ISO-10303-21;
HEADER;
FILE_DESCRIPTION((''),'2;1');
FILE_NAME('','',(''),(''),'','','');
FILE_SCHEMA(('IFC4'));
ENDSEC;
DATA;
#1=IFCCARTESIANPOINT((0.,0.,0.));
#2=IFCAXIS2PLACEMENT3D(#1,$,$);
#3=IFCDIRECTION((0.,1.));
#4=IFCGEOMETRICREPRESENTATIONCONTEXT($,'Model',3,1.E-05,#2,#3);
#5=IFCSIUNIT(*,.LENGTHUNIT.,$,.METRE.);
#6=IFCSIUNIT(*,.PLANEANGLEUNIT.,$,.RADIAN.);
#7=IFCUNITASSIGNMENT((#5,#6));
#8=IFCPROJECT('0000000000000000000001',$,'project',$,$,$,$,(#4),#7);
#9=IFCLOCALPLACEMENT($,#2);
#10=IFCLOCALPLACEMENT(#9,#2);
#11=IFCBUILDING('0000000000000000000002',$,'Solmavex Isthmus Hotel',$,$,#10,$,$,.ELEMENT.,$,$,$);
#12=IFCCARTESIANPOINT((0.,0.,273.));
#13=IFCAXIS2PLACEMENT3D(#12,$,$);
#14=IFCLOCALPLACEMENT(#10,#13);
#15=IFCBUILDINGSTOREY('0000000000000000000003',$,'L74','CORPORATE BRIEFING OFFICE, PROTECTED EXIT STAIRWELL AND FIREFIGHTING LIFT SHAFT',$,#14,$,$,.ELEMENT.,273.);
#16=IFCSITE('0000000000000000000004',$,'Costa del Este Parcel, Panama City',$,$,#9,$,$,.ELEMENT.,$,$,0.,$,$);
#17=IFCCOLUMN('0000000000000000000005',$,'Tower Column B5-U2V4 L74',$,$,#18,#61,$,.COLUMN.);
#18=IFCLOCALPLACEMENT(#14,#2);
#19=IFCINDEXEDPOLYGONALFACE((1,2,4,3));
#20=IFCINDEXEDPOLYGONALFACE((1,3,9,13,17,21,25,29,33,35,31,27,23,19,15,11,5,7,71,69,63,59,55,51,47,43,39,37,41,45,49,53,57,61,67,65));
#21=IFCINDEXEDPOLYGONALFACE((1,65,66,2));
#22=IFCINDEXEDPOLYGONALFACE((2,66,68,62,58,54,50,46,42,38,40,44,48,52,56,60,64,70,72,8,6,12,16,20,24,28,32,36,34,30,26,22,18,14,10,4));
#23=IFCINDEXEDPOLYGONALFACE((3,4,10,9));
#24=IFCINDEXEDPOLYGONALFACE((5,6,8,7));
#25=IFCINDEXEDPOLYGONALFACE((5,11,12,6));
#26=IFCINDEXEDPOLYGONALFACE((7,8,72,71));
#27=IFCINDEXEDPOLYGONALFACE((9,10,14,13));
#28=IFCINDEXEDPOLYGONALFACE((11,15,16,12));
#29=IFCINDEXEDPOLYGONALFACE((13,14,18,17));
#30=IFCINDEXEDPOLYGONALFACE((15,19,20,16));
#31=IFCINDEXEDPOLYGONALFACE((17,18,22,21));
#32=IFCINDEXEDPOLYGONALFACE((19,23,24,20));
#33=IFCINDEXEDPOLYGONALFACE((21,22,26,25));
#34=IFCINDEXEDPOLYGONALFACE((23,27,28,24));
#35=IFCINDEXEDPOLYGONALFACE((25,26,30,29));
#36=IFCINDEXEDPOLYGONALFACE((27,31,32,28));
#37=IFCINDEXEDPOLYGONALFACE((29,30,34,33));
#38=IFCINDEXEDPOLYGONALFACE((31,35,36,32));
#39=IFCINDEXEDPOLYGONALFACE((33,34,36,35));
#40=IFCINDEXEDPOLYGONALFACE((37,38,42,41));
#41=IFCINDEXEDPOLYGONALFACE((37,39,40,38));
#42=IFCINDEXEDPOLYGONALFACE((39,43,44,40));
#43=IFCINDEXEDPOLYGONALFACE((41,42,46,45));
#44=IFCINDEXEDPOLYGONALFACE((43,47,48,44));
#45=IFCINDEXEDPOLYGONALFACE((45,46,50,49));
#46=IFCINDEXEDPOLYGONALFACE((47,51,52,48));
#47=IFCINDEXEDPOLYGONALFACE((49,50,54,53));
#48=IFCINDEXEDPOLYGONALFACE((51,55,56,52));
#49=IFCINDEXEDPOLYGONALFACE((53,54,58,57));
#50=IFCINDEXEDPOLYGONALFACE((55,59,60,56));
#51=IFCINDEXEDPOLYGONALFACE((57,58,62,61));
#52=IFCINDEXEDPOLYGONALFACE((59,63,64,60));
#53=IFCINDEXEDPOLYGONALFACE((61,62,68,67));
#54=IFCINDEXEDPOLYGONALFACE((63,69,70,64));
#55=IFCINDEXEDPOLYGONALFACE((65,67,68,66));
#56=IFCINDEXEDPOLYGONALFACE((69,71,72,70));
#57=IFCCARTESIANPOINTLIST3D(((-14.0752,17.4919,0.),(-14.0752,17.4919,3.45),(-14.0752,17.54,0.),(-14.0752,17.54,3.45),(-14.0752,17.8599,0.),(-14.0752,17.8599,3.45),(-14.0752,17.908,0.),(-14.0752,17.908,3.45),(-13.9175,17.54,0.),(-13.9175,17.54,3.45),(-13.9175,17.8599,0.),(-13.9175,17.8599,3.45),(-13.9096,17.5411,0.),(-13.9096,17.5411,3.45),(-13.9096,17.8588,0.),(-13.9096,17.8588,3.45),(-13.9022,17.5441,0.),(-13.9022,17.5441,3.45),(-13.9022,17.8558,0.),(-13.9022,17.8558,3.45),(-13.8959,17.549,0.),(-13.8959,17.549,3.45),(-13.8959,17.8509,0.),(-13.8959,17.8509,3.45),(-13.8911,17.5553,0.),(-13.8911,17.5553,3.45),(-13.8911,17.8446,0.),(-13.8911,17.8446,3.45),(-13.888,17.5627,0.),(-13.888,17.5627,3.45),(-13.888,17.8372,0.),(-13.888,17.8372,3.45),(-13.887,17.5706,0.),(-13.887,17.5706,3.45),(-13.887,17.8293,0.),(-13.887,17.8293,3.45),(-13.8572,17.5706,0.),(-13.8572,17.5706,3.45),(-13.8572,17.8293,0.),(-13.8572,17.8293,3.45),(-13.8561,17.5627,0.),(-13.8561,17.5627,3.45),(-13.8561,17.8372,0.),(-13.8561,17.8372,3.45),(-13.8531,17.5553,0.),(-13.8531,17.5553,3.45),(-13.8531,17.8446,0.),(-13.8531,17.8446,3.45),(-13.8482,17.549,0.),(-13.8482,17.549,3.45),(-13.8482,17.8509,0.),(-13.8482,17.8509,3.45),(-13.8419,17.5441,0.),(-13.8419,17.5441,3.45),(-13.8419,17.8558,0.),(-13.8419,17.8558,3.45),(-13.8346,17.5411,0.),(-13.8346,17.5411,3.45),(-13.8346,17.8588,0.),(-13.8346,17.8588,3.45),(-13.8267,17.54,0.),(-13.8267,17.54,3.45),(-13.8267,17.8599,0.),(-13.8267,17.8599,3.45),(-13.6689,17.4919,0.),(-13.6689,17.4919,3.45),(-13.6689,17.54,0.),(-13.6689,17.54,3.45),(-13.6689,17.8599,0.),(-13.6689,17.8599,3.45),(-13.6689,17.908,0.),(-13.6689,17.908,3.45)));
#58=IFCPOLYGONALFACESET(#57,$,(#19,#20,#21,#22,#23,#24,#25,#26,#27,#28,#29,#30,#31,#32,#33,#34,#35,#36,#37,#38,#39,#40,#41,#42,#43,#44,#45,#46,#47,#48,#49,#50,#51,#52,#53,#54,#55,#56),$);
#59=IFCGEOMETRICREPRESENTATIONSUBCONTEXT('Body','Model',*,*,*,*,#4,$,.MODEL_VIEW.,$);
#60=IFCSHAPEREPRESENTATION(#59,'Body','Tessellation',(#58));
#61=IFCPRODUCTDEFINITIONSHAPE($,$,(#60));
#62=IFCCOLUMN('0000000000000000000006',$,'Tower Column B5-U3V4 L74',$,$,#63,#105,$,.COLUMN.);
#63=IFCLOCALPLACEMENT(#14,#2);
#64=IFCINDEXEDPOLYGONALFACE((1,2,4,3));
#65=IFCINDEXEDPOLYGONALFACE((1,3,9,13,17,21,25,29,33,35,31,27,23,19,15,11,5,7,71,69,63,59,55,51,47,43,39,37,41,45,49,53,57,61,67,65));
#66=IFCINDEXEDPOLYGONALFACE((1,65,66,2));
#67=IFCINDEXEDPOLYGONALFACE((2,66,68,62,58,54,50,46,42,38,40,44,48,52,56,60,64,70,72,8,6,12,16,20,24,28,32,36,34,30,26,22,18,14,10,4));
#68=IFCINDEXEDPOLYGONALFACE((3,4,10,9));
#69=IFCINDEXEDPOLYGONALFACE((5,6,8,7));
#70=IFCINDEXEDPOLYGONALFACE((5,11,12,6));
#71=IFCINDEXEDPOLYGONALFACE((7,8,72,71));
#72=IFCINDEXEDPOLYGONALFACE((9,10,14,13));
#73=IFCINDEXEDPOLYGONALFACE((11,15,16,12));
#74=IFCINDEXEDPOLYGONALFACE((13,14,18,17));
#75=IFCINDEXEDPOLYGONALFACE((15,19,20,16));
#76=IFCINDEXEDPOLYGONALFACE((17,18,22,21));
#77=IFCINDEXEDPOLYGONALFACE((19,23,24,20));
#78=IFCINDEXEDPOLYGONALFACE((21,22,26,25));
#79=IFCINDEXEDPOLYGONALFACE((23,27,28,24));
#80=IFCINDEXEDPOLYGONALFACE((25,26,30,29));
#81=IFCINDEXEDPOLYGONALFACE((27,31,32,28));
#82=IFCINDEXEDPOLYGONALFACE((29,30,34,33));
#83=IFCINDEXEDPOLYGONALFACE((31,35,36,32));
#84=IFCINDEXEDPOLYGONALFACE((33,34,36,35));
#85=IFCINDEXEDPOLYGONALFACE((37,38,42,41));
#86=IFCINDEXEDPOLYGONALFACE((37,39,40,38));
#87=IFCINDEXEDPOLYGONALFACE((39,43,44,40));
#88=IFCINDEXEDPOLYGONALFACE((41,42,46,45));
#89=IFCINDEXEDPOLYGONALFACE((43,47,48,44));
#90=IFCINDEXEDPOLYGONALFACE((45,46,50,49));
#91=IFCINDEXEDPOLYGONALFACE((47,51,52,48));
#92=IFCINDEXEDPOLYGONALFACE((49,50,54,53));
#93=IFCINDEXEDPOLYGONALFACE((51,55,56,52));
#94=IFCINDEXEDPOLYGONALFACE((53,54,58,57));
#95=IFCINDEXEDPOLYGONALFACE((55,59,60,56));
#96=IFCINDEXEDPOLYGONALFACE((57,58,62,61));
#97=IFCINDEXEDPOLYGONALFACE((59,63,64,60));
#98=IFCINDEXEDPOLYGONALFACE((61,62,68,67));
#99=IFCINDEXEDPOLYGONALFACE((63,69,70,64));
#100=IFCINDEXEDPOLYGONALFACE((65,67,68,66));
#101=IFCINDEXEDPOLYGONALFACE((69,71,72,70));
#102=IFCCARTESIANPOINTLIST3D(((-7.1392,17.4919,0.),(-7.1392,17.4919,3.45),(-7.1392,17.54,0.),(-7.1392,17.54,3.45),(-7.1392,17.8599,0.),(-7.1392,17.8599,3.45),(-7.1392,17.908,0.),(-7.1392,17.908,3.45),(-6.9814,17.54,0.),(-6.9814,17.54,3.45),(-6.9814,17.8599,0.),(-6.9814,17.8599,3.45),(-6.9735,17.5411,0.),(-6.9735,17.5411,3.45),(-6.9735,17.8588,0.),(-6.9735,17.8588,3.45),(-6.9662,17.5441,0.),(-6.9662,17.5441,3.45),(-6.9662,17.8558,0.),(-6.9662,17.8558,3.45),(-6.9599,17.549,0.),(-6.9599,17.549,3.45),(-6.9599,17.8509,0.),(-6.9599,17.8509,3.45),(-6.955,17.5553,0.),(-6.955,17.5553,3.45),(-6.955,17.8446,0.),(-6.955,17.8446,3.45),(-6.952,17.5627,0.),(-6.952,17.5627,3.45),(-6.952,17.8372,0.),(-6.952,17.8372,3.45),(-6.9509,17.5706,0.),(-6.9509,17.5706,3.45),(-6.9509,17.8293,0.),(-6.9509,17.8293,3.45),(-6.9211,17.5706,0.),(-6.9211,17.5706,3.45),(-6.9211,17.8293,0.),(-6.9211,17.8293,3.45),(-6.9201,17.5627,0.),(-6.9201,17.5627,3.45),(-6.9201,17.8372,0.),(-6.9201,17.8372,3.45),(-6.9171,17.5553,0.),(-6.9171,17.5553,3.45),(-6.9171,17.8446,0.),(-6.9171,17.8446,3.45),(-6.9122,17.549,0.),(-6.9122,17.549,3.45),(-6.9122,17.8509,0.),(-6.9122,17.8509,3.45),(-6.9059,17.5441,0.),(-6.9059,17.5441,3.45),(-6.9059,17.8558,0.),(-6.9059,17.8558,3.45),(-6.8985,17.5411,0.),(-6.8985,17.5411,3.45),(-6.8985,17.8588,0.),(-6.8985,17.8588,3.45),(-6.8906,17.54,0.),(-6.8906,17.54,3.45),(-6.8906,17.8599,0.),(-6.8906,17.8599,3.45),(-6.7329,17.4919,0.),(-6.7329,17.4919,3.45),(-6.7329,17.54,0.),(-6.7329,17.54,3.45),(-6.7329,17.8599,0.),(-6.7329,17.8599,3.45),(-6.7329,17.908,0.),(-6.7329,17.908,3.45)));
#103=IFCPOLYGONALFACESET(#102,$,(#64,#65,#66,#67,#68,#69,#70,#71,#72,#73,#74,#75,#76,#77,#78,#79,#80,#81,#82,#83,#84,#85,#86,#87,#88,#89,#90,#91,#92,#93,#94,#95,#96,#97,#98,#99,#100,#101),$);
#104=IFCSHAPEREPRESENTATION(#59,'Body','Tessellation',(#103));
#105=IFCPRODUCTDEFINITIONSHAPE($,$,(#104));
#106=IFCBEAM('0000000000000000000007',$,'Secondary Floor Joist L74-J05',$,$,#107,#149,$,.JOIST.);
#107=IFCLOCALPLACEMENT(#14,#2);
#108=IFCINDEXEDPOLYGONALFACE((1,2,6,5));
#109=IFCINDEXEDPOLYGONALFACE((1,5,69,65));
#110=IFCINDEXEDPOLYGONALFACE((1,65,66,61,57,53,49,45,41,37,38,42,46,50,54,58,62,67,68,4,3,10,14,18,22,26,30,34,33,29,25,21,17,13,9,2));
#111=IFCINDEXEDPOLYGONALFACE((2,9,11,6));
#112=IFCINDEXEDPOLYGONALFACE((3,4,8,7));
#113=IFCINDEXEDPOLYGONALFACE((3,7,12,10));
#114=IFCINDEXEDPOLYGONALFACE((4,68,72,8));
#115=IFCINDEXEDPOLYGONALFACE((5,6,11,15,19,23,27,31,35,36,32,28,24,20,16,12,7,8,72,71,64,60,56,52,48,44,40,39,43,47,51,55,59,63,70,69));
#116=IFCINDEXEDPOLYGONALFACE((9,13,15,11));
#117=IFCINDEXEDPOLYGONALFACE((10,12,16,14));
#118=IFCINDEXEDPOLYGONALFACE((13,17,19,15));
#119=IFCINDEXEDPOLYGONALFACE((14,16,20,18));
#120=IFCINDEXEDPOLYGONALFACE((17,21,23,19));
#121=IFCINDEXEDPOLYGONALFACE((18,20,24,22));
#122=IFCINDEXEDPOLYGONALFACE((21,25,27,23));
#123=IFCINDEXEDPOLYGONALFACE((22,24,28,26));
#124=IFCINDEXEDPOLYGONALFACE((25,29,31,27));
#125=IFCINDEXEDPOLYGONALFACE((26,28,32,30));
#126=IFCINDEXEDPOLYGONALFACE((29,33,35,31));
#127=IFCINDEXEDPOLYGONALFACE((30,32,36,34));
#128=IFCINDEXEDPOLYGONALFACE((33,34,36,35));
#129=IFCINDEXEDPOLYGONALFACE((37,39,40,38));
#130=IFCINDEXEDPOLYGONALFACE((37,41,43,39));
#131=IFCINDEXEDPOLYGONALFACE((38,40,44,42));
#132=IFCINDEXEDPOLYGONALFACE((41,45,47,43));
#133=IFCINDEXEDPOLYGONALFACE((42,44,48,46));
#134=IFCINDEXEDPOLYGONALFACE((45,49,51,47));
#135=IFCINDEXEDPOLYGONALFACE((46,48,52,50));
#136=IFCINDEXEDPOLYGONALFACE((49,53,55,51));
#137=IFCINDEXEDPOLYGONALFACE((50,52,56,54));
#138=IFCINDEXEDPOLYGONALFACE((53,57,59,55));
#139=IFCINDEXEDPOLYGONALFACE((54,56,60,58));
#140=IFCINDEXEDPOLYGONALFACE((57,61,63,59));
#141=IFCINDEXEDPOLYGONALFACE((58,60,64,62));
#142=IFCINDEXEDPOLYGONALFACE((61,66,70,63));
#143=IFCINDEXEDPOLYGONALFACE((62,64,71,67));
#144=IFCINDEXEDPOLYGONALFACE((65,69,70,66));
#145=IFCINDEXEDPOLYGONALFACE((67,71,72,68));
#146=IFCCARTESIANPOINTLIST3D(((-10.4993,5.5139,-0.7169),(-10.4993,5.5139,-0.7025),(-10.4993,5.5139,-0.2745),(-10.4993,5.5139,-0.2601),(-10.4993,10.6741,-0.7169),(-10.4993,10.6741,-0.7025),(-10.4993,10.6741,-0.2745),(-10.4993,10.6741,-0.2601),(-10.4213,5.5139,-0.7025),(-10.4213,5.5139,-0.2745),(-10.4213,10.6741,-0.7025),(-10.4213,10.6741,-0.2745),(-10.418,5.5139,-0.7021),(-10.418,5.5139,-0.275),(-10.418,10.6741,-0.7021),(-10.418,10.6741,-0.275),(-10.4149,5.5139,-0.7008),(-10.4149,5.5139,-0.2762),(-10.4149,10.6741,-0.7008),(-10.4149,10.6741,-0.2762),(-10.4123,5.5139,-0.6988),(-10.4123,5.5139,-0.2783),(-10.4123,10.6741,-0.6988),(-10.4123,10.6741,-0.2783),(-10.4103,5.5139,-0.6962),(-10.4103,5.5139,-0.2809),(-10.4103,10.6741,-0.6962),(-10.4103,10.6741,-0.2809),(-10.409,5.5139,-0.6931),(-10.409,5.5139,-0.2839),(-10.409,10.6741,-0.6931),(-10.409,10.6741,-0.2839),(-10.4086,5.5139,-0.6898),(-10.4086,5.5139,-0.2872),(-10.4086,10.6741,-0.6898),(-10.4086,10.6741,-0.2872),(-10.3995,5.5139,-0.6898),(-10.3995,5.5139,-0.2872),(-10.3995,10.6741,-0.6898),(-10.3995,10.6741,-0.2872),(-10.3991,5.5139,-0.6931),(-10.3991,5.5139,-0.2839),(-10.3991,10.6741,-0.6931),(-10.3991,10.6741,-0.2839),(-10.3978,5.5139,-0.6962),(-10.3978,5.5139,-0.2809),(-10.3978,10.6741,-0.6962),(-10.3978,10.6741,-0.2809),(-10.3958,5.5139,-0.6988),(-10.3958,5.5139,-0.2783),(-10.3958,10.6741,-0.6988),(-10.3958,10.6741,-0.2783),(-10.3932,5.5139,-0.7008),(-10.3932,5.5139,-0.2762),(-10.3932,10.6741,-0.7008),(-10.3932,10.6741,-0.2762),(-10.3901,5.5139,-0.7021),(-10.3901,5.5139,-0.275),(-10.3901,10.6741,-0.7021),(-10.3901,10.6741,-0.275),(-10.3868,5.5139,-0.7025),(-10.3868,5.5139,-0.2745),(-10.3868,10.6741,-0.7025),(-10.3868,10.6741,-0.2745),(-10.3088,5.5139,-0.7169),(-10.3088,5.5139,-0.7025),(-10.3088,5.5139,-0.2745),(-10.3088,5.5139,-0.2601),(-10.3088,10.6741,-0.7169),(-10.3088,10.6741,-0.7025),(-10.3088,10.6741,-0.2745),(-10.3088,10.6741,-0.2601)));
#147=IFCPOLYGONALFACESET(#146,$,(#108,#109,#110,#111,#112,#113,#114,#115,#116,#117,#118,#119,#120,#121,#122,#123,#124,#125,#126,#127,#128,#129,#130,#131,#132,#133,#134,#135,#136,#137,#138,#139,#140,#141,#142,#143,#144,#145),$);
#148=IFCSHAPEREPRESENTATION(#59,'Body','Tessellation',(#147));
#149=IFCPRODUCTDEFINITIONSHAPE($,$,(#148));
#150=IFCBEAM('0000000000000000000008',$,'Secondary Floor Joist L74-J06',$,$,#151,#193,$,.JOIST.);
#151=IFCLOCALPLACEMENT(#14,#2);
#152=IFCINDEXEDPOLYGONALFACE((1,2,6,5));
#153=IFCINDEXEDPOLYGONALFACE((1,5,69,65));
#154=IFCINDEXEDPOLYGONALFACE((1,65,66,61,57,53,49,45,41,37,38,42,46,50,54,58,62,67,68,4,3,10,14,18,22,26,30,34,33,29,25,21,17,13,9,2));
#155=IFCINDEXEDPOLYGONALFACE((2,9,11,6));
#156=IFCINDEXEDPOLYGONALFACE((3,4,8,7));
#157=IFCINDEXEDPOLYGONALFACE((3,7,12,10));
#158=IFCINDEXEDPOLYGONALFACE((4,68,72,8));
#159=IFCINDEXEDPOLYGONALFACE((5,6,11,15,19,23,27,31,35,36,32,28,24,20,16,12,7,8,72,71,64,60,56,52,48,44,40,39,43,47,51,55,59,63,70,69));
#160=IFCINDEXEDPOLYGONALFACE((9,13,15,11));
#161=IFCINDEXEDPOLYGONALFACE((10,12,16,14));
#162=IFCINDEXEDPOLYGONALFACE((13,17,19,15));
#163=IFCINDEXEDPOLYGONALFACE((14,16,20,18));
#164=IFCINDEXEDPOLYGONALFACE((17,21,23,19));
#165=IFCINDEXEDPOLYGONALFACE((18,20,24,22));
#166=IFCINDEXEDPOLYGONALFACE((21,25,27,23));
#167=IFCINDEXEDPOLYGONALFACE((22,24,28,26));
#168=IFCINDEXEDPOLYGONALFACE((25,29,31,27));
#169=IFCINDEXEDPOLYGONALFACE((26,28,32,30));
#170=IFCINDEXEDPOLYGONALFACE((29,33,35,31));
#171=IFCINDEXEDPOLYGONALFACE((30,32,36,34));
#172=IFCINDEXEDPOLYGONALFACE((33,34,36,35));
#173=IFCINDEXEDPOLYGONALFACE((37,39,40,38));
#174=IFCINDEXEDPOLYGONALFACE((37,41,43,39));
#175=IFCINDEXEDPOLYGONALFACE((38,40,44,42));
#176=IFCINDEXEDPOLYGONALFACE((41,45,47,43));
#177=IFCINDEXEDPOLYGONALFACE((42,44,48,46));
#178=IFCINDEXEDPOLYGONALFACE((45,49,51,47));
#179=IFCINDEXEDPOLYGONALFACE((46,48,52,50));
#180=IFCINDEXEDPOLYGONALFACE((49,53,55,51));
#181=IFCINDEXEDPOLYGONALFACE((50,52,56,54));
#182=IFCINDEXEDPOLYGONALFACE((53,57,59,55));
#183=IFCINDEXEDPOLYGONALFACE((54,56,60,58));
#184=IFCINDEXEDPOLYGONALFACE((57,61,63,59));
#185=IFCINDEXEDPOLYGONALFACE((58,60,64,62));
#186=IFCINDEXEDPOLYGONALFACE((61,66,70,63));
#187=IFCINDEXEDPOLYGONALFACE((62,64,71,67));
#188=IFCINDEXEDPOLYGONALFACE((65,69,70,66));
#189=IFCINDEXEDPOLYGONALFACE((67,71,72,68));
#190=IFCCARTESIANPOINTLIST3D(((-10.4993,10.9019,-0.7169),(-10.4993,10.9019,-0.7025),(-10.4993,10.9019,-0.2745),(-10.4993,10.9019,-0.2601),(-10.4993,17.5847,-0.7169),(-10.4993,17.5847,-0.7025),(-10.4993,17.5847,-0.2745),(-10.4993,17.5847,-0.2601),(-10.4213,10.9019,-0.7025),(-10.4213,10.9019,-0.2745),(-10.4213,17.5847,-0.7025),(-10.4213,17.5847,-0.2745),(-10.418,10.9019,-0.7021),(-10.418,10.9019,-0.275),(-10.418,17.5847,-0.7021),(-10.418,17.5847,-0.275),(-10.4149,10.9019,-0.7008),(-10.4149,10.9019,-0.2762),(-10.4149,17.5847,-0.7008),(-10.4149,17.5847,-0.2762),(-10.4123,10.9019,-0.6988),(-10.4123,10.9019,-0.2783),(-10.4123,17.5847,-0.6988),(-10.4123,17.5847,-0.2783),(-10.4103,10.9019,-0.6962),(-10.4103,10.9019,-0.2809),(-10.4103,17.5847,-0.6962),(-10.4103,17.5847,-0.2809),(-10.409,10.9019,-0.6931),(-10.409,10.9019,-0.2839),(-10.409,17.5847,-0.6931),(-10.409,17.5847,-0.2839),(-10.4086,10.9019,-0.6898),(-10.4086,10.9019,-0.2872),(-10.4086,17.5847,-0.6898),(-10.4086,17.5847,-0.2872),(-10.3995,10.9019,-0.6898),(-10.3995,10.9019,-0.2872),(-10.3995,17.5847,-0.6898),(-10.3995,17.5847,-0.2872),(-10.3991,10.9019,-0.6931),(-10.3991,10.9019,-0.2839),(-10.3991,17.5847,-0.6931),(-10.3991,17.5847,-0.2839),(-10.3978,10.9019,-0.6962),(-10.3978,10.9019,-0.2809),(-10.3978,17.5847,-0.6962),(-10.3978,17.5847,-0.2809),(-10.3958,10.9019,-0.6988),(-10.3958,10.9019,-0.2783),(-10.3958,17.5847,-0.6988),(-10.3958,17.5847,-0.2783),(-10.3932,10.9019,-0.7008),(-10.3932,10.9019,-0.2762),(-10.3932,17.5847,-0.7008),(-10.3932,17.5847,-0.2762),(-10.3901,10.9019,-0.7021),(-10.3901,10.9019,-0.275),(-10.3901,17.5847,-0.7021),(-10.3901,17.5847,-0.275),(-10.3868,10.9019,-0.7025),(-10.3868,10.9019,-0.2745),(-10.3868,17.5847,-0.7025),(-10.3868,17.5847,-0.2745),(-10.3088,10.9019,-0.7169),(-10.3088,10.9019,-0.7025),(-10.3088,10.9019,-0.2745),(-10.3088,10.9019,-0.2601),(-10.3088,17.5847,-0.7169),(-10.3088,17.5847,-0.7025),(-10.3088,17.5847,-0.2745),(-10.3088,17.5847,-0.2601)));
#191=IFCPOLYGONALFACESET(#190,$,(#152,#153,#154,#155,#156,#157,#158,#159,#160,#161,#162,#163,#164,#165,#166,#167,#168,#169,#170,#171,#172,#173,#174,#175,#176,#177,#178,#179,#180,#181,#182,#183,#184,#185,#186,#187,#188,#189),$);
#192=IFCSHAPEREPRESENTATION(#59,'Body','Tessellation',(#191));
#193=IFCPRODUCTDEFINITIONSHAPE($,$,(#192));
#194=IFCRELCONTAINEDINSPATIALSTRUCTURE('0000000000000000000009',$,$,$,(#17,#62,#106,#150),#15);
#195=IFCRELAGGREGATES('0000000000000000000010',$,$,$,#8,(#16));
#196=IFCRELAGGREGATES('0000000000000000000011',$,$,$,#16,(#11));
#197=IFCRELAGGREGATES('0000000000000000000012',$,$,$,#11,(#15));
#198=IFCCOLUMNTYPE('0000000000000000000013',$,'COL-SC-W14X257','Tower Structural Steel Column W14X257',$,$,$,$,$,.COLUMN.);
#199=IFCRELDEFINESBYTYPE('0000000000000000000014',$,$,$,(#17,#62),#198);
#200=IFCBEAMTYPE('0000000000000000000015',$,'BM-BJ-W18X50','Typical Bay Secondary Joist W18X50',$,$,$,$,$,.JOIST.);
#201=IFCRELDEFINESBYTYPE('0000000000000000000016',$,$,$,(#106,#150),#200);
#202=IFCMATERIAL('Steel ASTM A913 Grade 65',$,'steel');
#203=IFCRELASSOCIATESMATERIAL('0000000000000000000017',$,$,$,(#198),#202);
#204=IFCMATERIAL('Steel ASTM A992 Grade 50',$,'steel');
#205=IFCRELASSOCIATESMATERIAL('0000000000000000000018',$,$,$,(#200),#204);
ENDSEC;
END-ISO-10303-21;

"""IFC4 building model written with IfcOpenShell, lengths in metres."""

from ifc_helpers import new_model, si_unit, direction, frame, origin, origin_2d, place, context, subcontext, project, spatial, i_section, extrude, material, material_profile, profile_set, type_object, element, save


model = new_model("IFC4")

# Units and contexts
model_context = context("Model", 3, precision=1e-05, world=origin(), true_north=direction((0.0, 1.0)))
body_context = subcontext(model_context, "Body", "Model", "MODEL_VIEW")
ifc_project = project(units=[si_unit("LENGTHUNIT", "METRE"), si_unit("PLANEANGLEUNIT", "RADIAN")], contexts=[model_context])

# Site, building, storey
site_placement = place(None, origin())
site = spatial("IfcSite", under=ifc_project, at=site_placement, Name="Costa del Este Parcel, Panama City", CompositionType="ELEMENT", RefElevation=0.0)
building_placement = place(site_placement, origin())
building = spatial("IfcBuilding", under=site, at=building_placement, Name="Solmavex Isthmus Hotel", CompositionType="ELEMENT")
storey_placement = place(building_placement, frame((0.0, 0.0, 273.0)))
storey = spatial("IfcBuildingStorey", under=building, at=storey_placement, Name="L74", Description="CORPORATE BRIEFING OFFICE, PROTECTED EXIT STAIRWELL AND FIREFIGHTING LIFT SHAFT", CompositionType="ELEMENT", Elevation=273.0)

# Columns
ifc_material_1 = material(Name="Steel ASTM A913 Grade 65", Category="steel")
ifc_material_profile_1 = material_profile(ifc_material_1, i_section(OverallWidth=0.4062, OverallDepth=0.416, WebThickness=0.0298, FlangeThickness=0.0481, FilletRadius=0.0305, at=origin_2d()), Name="W14X257")
ifc_profile_set_1 = profile_set([ifc_material_profile_1], Name="Steel ASTM A913 Grade 65")
column_type_1 = type_object("IfcColumnType", Name="COL-SC-W14X257", Description="Tower Structural Steel Column W14X257", PredefinedType="COLUMN", material=ifc_profile_set_1)
for number, where, z_axis, x_axis, name in (
    (1, (-13.8721, 17.7, 0.0), (0.0, 0.0, 1.0), (1.0, 0.0, 0.0), "Tower Column B5-U2V4 L74"),
    (2, (-6.936, 17.7, 0.0), (0.0, 0.0, 1.0), (1.0, 0.0, 0.0), "Tower Column B5-U3V4 L74"),
):
    element("IfcColumn", number, at=place(storey_placement, frame(where, z_axis=z_axis, x_axis=x_axis)), inside=storey, type_object=column_type_1, Name=name, PredefinedType="COLUMN", context=body_context, shape_type="SweptSolid", body=[
        extrude(i_section(OverallWidth=0.4062, OverallDepth=0.416, WebThickness=0.0298, FlangeThickness=0.0481, FilletRadius=0.0305, at=origin_2d()), origin(), (0.0, 0.0, 1.0), 3.45),
    ])

# Beams
ifc_material_2 = material(Name="Steel ASTM A992 Grade 50", Category="steel")
ifc_material_profile_2 = material_profile(ifc_material_2, i_section(OverallWidth=0.1904, OverallDepth=0.4568, WebThickness=0.009, FlangeThickness=0.0144, FilletRadius=0.0127, at=origin_2d()), Name="W18X50")
ifc_profile_set_2 = profile_set([ifc_material_profile_2], Name="Steel ASTM A992 Grade 50")
beam_type_1 = type_object("IfcBeamType", Name="BM-BJ-W18X50", Description="Typical Bay Secondary Joist W18X50", PredefinedType="JOIST", material=ifc_profile_set_2)
beam_1_placement = place(storey_placement, frame((-10.4041, 5.5139, -0.4885), z_axis=(0.0, 1.0, 0.0), x_axis=(-1.0, 0.0, 0.0)))
element("IfcBeam", 3, at=beam_1_placement, inside=storey, type_object=beam_type_1, Name="Secondary Floor Joist L74-J05", PredefinedType="JOIST", context=body_context, shape_type="SweptSolid", body=[
    extrude(i_section(OverallWidth=0.1904, OverallDepth=0.4568, WebThickness=0.009, FlangeThickness=0.0144, FilletRadius=0.0127, at=origin_2d()), origin(), (0.0, 0.0, 1.0), 5.1602),
])
beam_2_placement = place(storey_placement, frame((-10.4041, 10.9019, -0.4885), z_axis=(0.0, 1.0, 0.0), x_axis=(-1.0, 0.0, 0.0)))
element("IfcBeam", 4, at=beam_2_placement, inside=storey, type_object=beam_type_1, Name="Secondary Floor Joist L74-J06", PredefinedType="JOIST", context=body_context, shape_type="SweptSolid", body=[
    extrude(i_section(OverallWidth=0.1904, OverallDepth=0.4568, WebThickness=0.009, FlangeThickness=0.0144, FilletRadius=0.0127, at=origin_2d()), origin(), (0.0, 0.0, 1.0), 6.6829),
])

save(model, "model.ifc")
